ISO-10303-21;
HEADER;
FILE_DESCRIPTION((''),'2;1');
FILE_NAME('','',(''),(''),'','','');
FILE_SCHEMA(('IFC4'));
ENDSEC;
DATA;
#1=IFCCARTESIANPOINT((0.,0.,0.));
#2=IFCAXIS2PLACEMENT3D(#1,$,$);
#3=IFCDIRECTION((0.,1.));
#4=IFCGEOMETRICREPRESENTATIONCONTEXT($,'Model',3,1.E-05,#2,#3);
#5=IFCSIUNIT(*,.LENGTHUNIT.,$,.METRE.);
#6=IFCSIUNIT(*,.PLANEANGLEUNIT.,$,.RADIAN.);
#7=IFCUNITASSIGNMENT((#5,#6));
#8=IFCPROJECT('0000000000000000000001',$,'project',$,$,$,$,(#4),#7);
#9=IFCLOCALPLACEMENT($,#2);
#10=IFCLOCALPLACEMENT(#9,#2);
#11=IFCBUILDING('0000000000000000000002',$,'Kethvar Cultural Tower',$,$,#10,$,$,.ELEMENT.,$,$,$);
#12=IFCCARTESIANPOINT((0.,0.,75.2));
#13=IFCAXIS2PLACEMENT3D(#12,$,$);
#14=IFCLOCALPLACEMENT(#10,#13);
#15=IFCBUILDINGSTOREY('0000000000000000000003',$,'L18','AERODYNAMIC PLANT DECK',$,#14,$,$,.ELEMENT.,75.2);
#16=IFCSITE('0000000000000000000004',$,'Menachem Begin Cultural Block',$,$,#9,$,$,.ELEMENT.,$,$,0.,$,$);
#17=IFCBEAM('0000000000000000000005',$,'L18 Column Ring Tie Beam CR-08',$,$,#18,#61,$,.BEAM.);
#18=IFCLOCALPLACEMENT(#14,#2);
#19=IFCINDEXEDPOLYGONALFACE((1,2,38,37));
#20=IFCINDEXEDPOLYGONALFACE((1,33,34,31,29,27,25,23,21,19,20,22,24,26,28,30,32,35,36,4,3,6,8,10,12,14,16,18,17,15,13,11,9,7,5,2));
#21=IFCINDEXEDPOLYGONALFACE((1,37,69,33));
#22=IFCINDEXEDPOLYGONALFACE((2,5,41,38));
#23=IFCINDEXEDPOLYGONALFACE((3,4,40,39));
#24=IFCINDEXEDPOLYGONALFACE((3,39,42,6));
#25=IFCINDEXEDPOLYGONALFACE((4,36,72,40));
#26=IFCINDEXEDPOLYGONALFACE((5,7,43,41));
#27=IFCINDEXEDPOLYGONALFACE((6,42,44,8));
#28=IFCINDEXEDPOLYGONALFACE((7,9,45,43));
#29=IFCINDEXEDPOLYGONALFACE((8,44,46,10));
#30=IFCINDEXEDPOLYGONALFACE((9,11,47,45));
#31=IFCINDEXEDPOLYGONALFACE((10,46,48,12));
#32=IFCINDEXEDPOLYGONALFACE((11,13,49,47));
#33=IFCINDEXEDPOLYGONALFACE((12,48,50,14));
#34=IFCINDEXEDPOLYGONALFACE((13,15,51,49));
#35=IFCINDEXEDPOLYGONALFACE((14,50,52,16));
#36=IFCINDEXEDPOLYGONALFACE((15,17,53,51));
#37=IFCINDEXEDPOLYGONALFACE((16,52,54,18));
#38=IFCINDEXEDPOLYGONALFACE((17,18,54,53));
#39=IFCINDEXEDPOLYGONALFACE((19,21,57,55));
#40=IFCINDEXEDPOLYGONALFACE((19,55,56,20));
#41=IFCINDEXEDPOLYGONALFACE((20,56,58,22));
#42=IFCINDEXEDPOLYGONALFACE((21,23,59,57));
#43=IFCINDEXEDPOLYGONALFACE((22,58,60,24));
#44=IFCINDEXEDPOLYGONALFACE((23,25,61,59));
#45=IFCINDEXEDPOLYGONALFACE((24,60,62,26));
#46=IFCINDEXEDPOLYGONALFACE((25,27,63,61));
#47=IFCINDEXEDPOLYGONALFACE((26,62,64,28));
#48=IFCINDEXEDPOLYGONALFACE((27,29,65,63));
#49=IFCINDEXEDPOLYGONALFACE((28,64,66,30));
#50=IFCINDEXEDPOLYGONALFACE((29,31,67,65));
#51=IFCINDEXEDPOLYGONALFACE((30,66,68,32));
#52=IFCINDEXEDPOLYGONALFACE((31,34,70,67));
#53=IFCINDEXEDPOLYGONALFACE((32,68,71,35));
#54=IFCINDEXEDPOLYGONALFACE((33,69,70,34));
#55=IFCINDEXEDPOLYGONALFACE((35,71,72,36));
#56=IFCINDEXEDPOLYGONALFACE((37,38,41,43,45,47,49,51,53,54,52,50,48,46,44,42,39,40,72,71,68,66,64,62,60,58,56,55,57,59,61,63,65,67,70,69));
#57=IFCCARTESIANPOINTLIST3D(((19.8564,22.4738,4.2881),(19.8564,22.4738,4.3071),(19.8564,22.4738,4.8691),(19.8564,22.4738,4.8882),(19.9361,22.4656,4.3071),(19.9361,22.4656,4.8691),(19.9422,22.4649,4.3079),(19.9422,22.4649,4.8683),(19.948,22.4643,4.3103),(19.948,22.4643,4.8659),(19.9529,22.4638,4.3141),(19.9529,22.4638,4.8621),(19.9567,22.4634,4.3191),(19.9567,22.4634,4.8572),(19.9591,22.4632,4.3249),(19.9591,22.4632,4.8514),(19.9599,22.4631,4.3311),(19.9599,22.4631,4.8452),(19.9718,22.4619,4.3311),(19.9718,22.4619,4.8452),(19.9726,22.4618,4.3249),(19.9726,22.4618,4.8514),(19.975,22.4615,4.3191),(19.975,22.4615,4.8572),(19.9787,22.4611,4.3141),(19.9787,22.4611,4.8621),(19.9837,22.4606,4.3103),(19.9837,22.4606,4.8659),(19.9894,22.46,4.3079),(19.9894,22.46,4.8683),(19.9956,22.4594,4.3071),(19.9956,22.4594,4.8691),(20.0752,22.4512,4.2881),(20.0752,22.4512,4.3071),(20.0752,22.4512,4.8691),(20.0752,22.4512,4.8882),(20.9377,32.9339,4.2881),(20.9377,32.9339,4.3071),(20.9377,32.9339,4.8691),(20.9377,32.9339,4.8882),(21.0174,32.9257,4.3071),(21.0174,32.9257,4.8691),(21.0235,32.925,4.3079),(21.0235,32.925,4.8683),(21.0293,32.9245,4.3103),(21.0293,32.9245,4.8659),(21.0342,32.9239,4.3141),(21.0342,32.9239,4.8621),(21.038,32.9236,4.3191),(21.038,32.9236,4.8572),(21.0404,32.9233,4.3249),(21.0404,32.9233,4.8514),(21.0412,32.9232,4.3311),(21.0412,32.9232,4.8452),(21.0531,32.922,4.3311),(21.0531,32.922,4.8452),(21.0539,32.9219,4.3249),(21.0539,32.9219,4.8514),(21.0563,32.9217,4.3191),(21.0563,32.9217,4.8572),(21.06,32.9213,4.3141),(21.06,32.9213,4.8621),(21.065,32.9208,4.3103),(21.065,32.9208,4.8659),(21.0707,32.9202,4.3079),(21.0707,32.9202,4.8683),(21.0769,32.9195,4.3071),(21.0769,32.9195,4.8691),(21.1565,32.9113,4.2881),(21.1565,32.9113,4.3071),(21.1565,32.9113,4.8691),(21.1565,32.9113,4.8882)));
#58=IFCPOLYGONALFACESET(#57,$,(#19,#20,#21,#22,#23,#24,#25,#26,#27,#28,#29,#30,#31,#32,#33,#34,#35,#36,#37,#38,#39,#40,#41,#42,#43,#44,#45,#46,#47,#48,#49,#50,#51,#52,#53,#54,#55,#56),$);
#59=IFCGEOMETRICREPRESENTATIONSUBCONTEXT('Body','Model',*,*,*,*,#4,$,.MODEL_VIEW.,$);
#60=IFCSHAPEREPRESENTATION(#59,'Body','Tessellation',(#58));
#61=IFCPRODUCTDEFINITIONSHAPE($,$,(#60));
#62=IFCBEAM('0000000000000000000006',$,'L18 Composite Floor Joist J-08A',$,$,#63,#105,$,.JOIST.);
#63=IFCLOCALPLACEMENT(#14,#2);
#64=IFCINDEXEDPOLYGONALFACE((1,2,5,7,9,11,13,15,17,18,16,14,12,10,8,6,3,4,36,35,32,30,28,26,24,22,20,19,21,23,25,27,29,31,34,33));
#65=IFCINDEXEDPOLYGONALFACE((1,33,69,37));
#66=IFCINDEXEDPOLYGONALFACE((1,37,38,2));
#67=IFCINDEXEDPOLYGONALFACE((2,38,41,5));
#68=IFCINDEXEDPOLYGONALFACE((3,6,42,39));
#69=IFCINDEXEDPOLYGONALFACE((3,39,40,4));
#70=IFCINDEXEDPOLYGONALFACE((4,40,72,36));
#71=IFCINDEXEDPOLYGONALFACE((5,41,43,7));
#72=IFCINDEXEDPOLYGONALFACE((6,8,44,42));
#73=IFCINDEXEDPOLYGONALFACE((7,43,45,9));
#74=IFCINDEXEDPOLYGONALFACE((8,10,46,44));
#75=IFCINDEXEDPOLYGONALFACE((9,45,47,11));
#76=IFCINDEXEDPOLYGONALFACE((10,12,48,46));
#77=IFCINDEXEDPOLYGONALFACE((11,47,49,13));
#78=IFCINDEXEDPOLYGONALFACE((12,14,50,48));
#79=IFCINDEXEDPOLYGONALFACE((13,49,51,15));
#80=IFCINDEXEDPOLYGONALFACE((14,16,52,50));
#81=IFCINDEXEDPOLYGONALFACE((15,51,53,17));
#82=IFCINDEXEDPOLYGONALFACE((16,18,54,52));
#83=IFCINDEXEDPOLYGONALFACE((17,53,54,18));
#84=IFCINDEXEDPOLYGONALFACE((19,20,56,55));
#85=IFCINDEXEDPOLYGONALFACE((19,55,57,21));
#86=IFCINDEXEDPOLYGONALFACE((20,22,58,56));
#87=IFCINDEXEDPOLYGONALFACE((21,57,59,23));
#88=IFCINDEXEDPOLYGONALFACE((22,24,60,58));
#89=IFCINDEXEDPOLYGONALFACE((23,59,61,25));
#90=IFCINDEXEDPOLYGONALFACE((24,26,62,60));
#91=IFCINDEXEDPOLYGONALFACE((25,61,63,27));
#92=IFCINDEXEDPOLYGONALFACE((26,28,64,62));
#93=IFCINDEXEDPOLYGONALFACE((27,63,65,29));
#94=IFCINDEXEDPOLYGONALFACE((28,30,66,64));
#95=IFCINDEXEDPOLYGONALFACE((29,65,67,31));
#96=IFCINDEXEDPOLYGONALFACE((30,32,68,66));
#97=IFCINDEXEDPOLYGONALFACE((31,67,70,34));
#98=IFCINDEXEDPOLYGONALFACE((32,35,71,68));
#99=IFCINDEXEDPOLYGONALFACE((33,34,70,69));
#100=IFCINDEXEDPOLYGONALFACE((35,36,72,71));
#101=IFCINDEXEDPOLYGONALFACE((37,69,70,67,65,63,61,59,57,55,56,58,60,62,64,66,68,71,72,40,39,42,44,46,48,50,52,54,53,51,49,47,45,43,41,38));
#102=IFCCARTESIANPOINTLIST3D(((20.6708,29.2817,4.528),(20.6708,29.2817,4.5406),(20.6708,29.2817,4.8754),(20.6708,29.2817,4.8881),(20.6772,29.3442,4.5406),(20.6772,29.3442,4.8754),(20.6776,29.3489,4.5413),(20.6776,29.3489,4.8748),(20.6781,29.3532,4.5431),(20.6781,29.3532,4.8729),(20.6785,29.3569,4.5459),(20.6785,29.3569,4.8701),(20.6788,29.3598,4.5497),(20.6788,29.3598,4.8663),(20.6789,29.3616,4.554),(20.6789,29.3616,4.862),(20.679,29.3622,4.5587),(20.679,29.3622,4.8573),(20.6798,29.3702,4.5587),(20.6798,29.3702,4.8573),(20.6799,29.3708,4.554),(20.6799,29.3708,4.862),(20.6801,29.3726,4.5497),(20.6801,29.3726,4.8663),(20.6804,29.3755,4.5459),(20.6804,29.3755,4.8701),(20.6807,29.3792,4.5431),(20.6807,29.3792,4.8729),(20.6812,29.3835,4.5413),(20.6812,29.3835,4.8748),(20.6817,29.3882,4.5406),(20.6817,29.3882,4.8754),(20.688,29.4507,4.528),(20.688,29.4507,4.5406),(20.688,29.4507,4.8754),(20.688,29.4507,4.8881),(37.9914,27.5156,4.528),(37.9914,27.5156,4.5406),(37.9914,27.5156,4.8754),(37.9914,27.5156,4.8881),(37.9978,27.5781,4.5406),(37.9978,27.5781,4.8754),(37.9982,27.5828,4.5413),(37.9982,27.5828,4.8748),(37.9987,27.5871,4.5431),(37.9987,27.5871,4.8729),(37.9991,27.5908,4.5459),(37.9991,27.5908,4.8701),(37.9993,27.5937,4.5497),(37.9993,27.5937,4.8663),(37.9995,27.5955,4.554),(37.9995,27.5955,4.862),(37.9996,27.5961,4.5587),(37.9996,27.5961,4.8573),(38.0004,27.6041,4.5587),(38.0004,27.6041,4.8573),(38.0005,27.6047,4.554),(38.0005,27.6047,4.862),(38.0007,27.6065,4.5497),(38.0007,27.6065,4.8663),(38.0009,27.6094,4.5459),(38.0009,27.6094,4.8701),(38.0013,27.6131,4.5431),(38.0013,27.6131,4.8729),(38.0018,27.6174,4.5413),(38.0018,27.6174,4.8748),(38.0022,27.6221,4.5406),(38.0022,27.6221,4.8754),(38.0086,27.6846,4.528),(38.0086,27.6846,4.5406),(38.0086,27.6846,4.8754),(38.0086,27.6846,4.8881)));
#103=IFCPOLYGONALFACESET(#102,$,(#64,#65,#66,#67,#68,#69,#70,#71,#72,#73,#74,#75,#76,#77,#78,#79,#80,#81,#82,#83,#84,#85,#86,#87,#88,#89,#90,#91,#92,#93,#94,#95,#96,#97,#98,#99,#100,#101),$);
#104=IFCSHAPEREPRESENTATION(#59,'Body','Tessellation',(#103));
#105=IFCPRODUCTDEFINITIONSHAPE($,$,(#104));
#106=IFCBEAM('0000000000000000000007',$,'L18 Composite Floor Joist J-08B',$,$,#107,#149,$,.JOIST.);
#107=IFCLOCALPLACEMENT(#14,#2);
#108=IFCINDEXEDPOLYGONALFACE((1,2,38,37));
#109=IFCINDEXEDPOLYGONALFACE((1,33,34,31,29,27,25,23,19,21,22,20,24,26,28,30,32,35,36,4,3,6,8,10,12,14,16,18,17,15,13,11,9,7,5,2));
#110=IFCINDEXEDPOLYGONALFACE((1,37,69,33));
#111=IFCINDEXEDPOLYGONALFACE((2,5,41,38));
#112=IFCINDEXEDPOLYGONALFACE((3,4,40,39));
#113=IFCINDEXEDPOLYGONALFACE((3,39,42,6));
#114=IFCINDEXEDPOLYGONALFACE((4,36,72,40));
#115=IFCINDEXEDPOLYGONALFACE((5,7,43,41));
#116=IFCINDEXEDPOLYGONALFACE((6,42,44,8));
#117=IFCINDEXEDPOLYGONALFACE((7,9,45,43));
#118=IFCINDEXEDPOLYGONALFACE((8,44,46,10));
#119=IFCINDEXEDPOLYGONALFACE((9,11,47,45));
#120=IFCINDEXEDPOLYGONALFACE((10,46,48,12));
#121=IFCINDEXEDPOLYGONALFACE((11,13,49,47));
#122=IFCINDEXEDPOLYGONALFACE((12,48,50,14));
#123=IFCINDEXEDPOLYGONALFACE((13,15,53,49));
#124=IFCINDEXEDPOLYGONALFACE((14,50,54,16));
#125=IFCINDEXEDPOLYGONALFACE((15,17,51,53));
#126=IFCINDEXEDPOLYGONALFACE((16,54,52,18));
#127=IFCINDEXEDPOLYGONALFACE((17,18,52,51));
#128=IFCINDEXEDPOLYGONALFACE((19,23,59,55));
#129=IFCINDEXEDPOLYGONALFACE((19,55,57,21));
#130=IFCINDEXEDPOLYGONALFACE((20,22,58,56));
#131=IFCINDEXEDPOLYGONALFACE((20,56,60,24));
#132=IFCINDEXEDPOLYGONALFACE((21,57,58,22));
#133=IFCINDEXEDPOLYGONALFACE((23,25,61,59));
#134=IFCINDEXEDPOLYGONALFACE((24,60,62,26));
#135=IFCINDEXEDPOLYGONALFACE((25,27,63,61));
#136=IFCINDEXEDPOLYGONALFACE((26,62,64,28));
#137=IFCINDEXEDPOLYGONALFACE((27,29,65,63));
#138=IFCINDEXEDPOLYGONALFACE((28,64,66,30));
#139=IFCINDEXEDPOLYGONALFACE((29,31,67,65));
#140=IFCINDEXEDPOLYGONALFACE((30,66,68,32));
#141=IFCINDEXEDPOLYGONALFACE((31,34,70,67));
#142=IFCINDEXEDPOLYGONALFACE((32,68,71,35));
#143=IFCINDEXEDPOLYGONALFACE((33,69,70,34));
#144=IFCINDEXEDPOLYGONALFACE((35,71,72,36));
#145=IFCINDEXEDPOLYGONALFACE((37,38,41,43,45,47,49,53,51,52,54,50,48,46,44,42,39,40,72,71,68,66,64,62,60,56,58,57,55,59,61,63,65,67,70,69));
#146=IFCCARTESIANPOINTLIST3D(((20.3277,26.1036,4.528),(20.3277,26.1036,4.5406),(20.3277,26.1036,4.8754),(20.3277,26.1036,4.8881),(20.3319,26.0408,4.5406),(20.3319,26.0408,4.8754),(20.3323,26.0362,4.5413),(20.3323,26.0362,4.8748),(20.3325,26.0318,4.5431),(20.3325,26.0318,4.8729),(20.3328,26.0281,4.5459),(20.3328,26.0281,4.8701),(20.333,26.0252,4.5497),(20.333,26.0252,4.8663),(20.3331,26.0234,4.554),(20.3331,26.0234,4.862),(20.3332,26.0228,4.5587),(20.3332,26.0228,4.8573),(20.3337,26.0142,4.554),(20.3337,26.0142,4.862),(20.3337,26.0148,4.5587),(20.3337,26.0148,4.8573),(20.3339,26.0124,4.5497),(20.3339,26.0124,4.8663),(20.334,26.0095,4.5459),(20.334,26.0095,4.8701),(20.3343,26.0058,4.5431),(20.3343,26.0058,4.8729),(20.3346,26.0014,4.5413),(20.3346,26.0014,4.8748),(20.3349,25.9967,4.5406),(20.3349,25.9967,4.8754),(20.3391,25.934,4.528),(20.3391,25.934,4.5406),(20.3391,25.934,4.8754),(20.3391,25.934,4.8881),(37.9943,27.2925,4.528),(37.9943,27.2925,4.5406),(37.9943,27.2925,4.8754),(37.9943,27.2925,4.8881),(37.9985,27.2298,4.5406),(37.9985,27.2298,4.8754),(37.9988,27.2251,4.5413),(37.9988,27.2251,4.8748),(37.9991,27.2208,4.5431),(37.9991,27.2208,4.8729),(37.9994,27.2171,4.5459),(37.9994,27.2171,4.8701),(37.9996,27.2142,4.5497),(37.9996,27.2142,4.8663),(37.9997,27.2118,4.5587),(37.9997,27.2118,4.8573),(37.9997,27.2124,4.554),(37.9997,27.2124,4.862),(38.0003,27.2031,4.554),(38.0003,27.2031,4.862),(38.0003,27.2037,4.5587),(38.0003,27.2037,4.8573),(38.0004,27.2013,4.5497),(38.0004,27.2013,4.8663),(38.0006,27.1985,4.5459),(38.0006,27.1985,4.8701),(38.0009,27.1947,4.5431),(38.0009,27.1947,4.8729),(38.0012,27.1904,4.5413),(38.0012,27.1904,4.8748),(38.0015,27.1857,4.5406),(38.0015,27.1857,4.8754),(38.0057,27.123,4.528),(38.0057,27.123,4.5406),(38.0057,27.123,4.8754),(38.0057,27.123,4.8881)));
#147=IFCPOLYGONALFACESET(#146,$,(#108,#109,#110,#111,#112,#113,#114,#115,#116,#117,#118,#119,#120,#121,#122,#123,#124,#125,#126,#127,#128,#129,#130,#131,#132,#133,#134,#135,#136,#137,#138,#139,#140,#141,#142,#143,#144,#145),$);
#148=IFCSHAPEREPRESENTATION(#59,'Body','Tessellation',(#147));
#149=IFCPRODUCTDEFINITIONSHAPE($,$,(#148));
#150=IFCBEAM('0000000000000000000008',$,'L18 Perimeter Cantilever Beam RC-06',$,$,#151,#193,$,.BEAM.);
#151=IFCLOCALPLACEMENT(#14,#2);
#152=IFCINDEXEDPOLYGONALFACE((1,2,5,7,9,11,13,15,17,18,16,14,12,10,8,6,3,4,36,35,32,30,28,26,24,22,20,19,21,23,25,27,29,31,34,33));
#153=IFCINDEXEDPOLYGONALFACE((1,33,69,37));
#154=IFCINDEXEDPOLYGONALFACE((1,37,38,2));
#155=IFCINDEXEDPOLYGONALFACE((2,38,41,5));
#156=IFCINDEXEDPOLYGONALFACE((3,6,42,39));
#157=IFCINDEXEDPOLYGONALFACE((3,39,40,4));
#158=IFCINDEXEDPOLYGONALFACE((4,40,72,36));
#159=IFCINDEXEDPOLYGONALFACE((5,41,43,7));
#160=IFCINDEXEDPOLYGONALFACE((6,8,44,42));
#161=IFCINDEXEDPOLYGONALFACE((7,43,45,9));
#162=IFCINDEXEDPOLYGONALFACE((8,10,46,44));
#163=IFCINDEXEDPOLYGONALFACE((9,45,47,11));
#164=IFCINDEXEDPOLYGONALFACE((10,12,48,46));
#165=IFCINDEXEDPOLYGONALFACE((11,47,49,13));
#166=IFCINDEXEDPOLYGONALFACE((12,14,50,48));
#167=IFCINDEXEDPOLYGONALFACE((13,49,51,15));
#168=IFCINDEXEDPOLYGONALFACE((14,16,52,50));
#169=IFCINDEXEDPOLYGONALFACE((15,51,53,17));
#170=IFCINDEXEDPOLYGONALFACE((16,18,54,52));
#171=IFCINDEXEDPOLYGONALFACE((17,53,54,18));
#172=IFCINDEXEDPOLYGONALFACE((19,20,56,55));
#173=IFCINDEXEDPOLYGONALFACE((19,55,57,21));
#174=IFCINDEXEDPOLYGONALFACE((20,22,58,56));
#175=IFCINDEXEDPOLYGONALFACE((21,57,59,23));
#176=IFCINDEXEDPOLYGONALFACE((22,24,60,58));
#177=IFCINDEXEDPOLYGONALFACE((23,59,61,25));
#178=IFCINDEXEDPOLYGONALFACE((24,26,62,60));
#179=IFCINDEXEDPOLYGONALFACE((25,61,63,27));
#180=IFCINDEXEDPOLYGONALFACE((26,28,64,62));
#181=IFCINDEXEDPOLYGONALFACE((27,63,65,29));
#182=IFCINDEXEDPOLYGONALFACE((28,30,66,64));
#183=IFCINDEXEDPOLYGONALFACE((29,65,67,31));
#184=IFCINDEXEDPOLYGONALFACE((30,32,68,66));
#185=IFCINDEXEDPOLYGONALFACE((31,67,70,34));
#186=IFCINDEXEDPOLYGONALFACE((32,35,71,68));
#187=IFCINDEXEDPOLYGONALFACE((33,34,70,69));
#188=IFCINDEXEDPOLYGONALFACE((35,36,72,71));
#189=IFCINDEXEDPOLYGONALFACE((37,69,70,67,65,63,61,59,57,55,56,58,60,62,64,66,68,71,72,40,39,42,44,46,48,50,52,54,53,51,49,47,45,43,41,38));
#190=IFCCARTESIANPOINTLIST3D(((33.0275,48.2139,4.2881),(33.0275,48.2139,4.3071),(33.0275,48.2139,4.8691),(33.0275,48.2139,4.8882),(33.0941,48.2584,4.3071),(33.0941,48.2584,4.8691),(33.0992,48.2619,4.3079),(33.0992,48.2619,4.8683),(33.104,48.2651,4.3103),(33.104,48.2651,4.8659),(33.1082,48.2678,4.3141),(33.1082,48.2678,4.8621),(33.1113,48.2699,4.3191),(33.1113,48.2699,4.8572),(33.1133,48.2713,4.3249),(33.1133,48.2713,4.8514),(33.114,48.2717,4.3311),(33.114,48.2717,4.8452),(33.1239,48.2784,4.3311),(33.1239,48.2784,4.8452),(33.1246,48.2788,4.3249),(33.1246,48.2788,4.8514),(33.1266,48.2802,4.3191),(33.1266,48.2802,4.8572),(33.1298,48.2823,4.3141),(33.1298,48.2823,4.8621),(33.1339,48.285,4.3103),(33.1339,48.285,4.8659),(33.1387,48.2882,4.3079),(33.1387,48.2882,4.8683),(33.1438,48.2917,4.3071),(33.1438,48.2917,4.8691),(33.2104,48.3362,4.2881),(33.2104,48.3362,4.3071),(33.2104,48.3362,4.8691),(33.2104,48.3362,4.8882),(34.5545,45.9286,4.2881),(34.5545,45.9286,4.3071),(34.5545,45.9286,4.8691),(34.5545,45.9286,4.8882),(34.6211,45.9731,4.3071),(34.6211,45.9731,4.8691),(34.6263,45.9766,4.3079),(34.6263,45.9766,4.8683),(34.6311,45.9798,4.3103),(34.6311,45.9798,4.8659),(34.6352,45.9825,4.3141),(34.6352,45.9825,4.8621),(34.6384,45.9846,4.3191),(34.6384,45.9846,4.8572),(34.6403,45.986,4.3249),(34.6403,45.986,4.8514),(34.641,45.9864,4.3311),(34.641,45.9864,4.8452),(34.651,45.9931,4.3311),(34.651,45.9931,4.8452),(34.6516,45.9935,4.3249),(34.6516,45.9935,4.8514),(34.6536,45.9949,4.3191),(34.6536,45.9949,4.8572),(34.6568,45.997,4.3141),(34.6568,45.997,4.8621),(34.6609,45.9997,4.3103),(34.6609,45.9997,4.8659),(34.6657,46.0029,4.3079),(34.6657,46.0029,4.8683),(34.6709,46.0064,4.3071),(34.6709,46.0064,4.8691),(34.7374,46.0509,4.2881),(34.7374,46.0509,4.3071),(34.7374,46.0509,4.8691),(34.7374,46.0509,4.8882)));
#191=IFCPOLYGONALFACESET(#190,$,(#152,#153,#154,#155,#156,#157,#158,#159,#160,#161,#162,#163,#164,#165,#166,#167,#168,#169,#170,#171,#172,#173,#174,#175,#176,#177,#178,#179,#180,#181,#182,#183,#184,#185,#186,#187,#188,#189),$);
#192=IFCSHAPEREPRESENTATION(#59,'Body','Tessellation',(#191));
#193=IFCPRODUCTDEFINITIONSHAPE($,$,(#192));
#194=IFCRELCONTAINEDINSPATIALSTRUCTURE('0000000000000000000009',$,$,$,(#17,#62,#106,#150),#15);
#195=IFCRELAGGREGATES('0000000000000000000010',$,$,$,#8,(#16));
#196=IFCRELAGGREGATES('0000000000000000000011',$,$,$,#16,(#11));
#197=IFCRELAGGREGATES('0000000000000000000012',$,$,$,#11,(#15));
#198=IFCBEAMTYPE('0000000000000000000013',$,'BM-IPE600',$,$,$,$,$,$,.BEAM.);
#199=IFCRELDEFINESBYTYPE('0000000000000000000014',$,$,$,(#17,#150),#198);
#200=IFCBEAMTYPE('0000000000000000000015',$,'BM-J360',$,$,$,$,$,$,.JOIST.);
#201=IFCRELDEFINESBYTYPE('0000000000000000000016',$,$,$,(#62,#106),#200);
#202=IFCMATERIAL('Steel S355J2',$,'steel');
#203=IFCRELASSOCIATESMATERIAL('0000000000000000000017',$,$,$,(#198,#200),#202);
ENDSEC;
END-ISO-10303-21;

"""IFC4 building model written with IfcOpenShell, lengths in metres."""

from ifc_helpers import new_model, si_unit, direction, frame, origin, origin_2d, place, context, subcontext, project, spatial, i_section, extrude, source, transform, mapped, material, material_profile, profile_set, type_object, element, save


model = new_model("IFC4")

# Units and contexts
model_context = context("Model", 3, precision=1e-05, world=origin(), true_north=direction((0.0, 1.0)))
body_context = subcontext(model_context, "Body", "Model", "MODEL_VIEW")
ifc_project = project(units=[si_unit("LENGTHUNIT", "METRE"), si_unit("PLANEANGLEUNIT", "RADIAN")], contexts=[model_context])

# Site, building, storey
site_placement = place(None, origin())
site = spatial("IfcSite", under=ifc_project, at=site_placement, Name="Menachem Begin Cultural Block", CompositionType="ELEMENT", RefElevation=0.0)
building_placement = place(site_placement, origin())
building = spatial("IfcBuilding", under=site, at=building_placement, Name="Kethvar Cultural Tower", CompositionType="ELEMENT")
storey_placement = place(building_placement, frame((0.0, 0.0, 75.2)))
storey = spatial("IfcBuildingStorey", under=building, at=storey_placement, Name="L18", Description="AERODYNAMIC PLANT DECK", CompositionType="ELEMENT", Elevation=75.2)

# Beams
ifc_material_1 = material(Name="Steel S355J2", Category="steel")
ifc_material_profile_1 = material_profile(ifc_material_1, i_section(OverallWidth=0.22, OverallDepth=0.6001, WebThickness=0.012, FlangeThickness=0.019, FilletRadius=0.0239, at=origin_2d()), Name="Steel S355J2 — IPE600")
ifc_profile_set_1 = profile_set([ifc_material_profile_1], Name="Steel S355J2 — IPE600")
beam_type_1 = type_object("IfcBeamType", Name="BM-IPE600", PredefinedType="BEAM", material=ifc_profile_set_1)
ifc_material_profile_2 = material_profile(ifc_material_1, i_section(OverallWidth=0.1699, OverallDepth=0.3601, WebThickness=0.0081, FlangeThickness=0.0127, FilletRadius=0.0181, at=origin_2d()), Name="Steel S355J2 — IPE360")
ifc_profile_set_2 = profile_set([ifc_material_profile_2], Name="Steel S355J2 — IPE360")
beam_type_2 = type_object("IfcBeamType", Name="BM-J360", PredefinedType="JOIST", material=ifc_profile_set_2)
shared_shape_1 = source(origin(), body_context, "Body", "SweptSolid", [
    extrude(i_section(OverallWidth=0.22, OverallDepth=0.6001, WebThickness=0.012, FlangeThickness=0.019, FilletRadius=0.0239, at=origin_2d()), origin(), (0.0, 0.0, 1.0), 10.5159),
])
beam_1_placement = place(storey_placement, frame((21.0471, 32.9226, 4.5881), z_axis=(-0.102825, -0.994699, 0.0), x_axis=(0.994699, -0.102825, 0.0)))
element("IfcBeam", 1, at=beam_1_placement, inside=storey, type_object=beam_type_1, Name="L18 Column Ring Tie Beam CR-08", PredefinedType="BEAM", context=body_context, shape_type="MappedRepresentation", body=[
    mapped(shared_shape_1, transform((0.0, 0.0, 0.0), scale=1.0)),
])
shared_shape_2 = source(origin(), body_context, "Body", "SweptSolid", [
    extrude(i_section(OverallWidth=0.1699, OverallDepth=0.3601, WebThickness=0.0081, FlangeThickness=0.0127, FilletRadius=0.0181, at=origin_2d()), origin(), (0.0, 0.0, 1.0), 17.4104),
])
beam_2_placement = place(storey_placement, frame((38.0, 27.6001, 4.708), z_axis=(-0.994842, 0.10144, 0.0), x_axis=(-0.10144, -0.994842, 0.0)))
element("IfcBeam", 2, at=beam_2_placement, inside=storey, type_object=beam_type_2, Name="L18 Composite Floor Joist J-08A", PredefinedType="JOIST", context=body_context, shape_type="MappedRepresentation", body=[
    mapped(shared_shape_2, transform((0.0, 0.0, 0.0), scale=1.0)),
])
shared_shape_3 = source(origin(), body_context, "Body", "SweptSolid", [
    extrude(i_section(OverallWidth=0.1699, OverallDepth=0.3601, WebThickness=0.0081, FlangeThickness=0.0127, FilletRadius=0.0181, at=origin_2d()), origin(), (0.0, 0.0, 1.0), 17.7065),
])
beam_3_placement = place(storey_placement, frame((38.0, 27.2078, 4.708), z_axis=(-0.997743, -0.067149, 0.0), x_axis=(0.067149, -0.997743, 0.0)))
element("IfcBeam", 3, at=beam_3_placement, inside=storey, type_object=beam_type_2, Name="L18 Composite Floor Joist J-08B", PredefinedType="JOIST", context=body_context, shape_type="MappedRepresentation", body=[
    mapped(shared_shape_3, transform((0.0, 0.0, 0.0), scale=1.0)),
])
shared_shape_4 = source(origin(), body_context, "Body", "SweptSolid", [
    extrude(i_section(OverallWidth=0.22, OverallDepth=0.6001, WebThickness=0.012, FlangeThickness=0.019, FilletRadius=0.0239, at=origin_2d()), origin(), (0.0, 0.0, 1.0), 2.7485),
])
beam_4_placement = place(storey_placement, frame((34.646, 45.9897, 4.5881), z_axis=(-0.555581, 0.831462, 0.0), x_axis=(-0.831462, -0.555581, 0.0)))
element("IfcBeam", 4, at=beam_4_placement, inside=storey, type_object=beam_type_1, Name="L18 Perimeter Cantilever Beam RC-06", PredefinedType="BEAM", context=body_context, shape_type="MappedRepresentation", body=[
    mapped(shared_shape_4, transform((0.0, 0.0, 0.0), scale=1.0)),
])

save(model, "model.ifc")
